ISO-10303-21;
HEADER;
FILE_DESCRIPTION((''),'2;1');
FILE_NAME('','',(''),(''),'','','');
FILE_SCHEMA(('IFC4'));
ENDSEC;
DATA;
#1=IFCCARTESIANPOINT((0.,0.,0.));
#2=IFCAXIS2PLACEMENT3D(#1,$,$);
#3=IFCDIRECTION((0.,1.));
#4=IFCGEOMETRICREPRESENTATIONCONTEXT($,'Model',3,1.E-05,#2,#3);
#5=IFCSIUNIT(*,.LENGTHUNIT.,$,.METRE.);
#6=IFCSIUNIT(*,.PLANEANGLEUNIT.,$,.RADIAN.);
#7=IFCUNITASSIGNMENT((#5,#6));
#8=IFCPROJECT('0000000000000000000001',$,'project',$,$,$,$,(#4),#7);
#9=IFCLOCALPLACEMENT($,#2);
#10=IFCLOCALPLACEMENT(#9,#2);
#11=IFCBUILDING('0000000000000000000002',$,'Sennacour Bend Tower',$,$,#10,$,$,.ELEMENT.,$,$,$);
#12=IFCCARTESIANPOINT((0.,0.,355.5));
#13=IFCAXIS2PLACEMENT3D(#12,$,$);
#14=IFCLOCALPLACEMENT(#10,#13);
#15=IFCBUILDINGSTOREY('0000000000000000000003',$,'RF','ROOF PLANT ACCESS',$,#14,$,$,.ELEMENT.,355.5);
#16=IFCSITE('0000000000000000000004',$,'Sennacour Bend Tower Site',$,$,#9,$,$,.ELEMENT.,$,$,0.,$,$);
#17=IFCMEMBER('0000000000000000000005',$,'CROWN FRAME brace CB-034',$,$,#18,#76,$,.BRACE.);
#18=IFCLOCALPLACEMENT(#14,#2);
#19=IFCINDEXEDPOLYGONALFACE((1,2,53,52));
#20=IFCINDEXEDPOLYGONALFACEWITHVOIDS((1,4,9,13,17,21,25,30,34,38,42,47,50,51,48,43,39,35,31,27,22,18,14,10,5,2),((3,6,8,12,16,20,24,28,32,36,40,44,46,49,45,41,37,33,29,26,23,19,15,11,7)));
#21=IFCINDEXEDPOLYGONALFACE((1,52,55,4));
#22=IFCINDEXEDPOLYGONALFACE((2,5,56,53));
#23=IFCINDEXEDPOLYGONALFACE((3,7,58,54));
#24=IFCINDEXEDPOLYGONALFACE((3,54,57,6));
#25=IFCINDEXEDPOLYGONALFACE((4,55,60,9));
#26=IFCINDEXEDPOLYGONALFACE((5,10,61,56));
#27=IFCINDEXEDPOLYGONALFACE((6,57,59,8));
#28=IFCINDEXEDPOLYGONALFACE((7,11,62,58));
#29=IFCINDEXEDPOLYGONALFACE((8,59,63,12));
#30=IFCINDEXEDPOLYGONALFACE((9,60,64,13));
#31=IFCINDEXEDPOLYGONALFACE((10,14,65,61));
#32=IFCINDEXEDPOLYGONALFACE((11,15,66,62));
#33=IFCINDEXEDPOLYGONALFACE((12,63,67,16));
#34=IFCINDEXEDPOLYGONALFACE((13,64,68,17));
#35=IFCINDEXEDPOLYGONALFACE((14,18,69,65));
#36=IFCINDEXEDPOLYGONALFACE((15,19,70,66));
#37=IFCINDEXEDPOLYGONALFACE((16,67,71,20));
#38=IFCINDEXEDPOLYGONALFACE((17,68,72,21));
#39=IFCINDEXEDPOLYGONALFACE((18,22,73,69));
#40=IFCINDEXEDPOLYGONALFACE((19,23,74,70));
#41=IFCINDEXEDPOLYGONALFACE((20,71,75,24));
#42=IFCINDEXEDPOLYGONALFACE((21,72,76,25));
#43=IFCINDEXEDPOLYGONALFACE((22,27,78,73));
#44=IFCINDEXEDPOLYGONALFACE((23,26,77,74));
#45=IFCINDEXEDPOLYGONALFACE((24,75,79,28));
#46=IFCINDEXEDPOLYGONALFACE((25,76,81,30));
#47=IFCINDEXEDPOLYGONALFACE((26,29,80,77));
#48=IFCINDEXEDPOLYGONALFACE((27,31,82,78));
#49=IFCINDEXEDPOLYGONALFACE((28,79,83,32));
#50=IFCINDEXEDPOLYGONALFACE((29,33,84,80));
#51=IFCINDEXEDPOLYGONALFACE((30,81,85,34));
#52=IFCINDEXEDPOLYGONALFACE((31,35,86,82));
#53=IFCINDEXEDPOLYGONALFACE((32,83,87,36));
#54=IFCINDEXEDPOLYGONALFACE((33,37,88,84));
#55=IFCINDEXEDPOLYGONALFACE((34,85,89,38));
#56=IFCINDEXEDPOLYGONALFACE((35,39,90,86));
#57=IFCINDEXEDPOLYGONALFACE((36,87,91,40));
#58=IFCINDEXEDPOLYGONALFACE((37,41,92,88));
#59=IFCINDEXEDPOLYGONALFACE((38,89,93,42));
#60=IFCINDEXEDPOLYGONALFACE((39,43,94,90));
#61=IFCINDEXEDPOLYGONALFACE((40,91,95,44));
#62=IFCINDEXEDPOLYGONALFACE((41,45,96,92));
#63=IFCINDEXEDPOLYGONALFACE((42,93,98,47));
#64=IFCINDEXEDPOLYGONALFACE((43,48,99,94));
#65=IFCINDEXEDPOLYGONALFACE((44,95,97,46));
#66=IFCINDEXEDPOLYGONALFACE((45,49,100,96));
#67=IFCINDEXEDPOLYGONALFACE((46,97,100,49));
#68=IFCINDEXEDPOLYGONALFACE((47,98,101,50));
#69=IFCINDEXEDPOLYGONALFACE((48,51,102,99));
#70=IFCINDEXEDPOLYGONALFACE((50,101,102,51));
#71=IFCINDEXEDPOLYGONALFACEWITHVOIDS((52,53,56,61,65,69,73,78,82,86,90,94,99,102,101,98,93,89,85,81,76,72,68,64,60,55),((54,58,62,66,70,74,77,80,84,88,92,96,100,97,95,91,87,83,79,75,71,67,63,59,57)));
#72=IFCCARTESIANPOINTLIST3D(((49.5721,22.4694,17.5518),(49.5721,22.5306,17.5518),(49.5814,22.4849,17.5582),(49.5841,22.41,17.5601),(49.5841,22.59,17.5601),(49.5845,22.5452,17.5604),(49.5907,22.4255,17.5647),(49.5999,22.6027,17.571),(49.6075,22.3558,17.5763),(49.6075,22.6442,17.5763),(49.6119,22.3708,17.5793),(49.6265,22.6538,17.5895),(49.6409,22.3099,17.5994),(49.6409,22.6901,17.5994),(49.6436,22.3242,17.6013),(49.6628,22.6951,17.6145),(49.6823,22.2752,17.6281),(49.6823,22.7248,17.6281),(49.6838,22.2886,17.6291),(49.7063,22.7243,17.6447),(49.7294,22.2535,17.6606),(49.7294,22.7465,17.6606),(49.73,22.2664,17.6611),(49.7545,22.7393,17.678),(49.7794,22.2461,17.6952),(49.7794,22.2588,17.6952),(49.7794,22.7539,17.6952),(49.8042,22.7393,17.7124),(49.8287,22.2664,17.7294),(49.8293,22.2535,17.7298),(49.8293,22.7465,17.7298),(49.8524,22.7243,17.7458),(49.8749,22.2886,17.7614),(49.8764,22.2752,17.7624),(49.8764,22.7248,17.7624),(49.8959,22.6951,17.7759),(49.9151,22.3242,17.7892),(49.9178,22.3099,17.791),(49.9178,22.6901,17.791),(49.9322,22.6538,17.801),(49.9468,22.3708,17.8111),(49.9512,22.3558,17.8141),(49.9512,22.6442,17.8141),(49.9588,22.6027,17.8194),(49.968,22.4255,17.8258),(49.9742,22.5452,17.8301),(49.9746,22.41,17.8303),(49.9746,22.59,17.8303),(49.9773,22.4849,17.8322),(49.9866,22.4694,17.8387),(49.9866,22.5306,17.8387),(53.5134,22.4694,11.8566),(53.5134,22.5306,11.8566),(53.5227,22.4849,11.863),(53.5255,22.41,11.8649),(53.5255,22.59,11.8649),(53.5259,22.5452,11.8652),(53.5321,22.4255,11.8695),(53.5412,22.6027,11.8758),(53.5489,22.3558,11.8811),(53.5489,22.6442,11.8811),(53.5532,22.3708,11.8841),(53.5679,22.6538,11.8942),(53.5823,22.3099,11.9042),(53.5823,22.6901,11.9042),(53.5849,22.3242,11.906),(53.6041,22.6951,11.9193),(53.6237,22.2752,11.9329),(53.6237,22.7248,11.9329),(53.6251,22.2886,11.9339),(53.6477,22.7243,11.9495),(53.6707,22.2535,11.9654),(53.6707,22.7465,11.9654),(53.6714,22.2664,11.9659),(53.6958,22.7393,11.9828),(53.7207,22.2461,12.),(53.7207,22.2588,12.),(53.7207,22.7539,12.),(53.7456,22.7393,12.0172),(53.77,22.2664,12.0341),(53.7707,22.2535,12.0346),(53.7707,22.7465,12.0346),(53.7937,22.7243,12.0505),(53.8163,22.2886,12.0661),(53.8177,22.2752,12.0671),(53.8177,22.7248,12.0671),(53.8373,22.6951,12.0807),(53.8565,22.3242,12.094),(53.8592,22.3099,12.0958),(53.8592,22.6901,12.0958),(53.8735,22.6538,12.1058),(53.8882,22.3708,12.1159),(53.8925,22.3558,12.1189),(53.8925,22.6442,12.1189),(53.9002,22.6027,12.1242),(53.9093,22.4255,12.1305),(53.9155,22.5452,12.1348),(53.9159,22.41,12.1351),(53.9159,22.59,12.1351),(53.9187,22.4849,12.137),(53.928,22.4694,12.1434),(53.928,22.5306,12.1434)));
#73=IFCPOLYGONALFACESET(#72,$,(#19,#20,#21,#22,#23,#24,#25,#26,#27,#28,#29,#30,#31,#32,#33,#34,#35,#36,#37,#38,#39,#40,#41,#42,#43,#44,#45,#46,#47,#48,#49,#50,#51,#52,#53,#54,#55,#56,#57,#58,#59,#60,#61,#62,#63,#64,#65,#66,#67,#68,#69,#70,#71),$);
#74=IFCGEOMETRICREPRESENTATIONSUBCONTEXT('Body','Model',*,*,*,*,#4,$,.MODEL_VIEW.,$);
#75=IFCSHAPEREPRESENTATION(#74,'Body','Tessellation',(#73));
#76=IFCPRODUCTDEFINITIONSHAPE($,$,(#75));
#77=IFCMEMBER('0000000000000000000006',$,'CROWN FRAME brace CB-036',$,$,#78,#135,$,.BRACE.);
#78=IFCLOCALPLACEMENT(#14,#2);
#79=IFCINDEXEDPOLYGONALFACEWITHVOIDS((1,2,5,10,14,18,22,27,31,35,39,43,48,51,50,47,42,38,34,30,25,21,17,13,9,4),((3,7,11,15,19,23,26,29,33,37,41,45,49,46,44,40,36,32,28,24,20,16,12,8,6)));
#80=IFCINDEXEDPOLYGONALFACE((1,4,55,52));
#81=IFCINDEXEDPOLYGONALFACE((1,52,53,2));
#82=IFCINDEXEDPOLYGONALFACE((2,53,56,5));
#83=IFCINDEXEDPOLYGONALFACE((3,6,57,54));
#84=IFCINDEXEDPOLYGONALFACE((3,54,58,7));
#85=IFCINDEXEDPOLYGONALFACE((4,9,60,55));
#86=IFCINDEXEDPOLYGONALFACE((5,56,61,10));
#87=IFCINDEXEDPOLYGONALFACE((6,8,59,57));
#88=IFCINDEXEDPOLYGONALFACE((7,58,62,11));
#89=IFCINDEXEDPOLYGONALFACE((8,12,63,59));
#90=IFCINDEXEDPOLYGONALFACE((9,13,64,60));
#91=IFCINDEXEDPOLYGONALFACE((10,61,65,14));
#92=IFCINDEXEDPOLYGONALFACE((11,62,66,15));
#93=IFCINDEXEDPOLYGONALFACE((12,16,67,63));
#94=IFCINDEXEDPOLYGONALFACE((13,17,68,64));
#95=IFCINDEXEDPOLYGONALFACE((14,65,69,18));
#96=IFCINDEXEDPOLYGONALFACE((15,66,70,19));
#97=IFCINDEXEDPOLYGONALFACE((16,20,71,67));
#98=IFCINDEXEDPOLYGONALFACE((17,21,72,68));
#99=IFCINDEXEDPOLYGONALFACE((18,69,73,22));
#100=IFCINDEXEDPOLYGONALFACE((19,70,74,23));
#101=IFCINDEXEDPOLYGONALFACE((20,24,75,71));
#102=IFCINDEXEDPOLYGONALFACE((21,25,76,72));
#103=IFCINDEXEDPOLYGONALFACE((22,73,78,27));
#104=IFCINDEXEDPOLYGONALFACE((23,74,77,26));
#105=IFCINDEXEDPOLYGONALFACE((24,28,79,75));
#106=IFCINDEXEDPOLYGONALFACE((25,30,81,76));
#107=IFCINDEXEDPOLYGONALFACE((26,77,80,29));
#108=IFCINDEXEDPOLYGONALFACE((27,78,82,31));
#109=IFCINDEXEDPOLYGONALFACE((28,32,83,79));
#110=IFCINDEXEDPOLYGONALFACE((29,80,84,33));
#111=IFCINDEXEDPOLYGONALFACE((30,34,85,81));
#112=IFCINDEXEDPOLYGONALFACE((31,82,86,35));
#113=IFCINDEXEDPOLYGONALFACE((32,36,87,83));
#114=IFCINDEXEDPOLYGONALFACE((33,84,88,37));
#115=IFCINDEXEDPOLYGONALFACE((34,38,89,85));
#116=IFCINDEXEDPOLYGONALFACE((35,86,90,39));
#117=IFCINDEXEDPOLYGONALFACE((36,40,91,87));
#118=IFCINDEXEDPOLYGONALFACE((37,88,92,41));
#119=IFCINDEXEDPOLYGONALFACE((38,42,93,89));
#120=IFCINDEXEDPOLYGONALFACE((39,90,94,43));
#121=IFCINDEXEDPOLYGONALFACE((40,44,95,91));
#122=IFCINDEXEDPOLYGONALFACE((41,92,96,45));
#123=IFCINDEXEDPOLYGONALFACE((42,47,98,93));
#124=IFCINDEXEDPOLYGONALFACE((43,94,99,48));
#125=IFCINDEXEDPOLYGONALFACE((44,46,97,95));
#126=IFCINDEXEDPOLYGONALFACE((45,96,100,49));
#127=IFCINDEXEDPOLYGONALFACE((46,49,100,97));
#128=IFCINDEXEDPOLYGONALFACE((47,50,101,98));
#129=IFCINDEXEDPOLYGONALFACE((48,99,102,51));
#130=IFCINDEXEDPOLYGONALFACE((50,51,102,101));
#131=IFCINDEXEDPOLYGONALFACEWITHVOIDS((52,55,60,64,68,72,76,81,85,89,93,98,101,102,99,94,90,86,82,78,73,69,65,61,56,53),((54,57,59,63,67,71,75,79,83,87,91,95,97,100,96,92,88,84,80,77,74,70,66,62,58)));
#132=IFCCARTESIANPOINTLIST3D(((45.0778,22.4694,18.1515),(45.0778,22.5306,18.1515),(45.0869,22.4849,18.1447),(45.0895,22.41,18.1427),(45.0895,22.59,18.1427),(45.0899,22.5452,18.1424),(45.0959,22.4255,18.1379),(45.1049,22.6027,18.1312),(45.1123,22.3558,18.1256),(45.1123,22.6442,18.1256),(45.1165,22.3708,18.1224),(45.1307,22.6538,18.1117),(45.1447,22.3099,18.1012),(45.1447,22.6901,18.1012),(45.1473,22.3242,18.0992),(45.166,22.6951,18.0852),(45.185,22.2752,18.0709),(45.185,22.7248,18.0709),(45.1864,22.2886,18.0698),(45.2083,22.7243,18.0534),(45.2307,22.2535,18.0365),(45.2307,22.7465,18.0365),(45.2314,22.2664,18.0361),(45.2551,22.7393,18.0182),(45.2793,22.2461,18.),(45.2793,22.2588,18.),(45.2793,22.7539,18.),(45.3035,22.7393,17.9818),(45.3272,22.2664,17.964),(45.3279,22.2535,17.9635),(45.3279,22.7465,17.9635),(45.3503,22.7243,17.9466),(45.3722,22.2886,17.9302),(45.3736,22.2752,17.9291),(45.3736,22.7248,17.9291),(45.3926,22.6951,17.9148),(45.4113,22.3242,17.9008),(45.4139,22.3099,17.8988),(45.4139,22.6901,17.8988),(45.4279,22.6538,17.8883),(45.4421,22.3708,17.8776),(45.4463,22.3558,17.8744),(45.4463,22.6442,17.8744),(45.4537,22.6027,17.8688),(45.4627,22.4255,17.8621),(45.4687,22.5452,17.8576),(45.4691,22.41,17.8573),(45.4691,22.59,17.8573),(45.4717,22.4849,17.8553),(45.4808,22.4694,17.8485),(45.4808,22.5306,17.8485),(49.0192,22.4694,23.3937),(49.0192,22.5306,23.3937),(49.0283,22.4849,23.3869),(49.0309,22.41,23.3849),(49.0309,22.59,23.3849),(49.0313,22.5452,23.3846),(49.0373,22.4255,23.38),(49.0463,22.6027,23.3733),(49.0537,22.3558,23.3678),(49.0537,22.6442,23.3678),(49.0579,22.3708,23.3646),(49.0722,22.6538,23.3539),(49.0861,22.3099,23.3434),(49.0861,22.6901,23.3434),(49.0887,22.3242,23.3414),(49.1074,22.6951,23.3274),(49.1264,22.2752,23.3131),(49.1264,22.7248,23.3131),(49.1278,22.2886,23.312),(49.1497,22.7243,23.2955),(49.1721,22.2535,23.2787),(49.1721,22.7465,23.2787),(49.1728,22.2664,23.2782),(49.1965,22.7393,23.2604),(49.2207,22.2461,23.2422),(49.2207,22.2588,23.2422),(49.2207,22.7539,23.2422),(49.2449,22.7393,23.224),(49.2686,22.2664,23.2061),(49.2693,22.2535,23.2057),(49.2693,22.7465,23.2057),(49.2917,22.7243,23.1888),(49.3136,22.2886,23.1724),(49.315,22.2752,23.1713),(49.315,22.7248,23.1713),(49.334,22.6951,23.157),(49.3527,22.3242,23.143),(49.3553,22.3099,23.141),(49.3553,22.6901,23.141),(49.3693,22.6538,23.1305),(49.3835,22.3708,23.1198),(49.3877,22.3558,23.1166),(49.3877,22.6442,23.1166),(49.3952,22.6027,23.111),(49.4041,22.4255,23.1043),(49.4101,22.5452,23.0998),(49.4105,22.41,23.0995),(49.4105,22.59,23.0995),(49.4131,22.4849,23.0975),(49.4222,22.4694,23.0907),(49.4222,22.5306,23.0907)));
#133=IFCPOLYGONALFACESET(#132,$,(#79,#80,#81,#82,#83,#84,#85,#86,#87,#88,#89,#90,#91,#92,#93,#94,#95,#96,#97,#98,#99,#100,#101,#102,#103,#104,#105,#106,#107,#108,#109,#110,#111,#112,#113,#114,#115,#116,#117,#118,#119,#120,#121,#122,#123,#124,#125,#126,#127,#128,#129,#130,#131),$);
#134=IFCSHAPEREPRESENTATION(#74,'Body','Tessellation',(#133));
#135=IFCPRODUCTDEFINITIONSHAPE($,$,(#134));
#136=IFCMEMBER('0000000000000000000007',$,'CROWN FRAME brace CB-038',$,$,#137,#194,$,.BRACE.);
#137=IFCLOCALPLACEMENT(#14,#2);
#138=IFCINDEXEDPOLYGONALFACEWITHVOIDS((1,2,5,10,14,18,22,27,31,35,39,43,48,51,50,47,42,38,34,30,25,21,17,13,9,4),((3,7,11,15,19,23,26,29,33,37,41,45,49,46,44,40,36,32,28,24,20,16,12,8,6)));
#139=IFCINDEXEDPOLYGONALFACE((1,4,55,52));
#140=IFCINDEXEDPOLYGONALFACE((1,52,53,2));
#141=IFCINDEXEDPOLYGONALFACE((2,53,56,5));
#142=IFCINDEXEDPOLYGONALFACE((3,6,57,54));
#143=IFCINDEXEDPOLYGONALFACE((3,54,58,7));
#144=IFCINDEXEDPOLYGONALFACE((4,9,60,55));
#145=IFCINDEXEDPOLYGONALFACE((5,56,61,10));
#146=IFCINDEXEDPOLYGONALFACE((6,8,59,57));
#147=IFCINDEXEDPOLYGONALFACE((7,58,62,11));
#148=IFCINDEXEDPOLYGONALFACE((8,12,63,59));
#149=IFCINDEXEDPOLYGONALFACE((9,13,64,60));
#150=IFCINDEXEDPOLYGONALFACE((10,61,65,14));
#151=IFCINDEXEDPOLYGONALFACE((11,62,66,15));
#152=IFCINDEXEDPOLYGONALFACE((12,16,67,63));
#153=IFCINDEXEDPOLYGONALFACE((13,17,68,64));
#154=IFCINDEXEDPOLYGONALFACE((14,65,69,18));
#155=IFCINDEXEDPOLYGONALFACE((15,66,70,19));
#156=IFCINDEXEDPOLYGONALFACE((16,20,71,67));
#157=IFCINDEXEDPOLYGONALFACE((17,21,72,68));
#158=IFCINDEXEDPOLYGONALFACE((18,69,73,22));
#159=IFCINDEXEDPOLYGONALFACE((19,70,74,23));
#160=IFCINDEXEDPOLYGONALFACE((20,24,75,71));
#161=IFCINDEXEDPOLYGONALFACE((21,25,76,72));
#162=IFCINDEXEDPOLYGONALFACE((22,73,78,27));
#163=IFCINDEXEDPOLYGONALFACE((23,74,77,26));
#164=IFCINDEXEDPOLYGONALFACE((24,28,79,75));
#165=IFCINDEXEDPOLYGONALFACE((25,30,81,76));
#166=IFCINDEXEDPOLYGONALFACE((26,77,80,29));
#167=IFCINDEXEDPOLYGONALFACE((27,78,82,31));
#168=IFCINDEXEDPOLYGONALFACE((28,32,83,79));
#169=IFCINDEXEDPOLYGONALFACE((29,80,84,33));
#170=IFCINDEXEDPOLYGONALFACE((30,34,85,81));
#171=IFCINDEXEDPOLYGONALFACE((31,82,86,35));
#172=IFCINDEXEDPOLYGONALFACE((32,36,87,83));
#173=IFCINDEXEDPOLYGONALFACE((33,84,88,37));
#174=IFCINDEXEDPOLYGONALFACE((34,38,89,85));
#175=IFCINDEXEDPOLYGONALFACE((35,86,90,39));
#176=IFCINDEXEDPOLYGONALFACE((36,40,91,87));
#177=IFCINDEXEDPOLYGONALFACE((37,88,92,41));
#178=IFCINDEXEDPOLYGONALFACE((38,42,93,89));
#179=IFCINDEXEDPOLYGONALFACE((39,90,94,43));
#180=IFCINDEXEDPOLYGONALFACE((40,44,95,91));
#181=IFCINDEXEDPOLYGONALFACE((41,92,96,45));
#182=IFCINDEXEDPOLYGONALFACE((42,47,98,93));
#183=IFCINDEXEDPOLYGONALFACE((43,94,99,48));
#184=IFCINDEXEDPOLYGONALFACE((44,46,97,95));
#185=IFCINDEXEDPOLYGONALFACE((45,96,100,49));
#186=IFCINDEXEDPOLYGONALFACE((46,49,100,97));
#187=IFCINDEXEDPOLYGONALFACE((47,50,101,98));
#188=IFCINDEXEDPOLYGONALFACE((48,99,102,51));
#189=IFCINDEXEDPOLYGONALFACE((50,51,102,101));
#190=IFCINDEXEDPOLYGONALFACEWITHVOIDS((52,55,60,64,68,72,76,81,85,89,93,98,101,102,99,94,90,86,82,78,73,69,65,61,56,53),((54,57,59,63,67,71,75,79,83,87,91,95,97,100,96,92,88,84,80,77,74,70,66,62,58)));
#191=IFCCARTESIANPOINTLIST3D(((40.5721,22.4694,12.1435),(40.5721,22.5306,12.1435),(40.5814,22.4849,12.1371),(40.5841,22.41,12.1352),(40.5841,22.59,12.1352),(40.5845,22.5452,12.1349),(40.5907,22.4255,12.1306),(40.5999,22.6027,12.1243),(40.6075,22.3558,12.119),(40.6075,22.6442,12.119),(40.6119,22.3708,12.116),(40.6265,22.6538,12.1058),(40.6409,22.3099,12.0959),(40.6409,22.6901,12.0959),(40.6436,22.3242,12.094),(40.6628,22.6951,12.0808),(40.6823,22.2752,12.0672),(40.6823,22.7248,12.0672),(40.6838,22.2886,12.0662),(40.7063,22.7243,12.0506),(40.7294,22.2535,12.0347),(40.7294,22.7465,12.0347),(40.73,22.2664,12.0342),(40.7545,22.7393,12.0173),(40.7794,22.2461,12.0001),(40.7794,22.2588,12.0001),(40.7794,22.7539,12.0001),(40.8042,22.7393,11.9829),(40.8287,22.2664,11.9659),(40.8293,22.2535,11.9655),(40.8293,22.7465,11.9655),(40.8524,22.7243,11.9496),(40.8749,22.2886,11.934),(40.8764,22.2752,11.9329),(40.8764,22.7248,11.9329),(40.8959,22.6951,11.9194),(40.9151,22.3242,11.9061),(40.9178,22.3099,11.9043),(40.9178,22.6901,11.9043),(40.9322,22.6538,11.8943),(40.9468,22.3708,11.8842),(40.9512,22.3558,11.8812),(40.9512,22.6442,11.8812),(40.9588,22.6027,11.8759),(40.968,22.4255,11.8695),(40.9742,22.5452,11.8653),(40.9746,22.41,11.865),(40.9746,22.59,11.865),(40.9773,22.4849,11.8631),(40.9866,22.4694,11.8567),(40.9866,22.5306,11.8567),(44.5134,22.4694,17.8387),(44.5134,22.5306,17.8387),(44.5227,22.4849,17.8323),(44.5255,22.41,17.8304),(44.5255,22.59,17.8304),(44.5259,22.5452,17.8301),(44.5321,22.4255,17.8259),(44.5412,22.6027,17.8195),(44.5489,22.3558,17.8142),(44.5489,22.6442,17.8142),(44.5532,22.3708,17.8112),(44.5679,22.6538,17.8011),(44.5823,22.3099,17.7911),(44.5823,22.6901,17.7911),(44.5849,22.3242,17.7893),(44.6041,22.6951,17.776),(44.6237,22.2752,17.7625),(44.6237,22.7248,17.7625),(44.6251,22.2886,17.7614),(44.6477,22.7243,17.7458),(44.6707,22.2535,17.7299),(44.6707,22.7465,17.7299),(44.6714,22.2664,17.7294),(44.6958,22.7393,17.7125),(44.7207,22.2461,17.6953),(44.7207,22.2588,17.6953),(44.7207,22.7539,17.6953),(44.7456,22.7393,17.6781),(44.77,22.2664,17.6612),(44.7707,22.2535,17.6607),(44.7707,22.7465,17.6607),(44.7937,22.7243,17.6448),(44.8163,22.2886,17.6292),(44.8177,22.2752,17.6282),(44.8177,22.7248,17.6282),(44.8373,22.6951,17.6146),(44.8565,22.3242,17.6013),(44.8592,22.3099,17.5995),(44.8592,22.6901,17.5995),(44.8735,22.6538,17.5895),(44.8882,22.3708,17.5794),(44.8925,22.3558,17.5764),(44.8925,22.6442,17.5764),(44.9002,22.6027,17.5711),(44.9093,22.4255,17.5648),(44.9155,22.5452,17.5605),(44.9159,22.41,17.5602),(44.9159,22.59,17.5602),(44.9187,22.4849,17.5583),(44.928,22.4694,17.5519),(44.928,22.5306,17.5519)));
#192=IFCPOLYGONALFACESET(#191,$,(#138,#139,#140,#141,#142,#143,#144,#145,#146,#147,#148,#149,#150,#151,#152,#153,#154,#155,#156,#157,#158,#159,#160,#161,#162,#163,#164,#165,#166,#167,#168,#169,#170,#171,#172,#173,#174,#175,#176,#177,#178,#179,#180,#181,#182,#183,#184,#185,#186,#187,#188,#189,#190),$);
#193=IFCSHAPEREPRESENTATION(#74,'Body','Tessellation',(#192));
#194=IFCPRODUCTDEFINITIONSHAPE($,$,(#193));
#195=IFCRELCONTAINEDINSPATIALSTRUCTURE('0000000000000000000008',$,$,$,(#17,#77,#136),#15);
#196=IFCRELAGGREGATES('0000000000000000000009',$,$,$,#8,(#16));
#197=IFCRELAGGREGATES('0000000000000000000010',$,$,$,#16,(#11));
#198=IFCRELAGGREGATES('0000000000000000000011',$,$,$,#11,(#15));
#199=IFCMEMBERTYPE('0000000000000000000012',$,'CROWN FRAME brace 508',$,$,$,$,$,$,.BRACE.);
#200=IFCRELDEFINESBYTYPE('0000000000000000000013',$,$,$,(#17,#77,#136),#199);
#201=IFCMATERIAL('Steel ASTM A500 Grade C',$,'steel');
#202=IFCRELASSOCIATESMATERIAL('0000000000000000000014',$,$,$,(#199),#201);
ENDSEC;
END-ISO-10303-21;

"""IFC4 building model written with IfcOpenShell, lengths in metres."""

from ifc_helpers import new_model, si_unit, direction, frame, origin, origin_2d, place, context, subcontext, project, spatial, hollow_circle, extrude, material, material_profile, profile_set, type_object, element, save


model = new_model("IFC4")

# Units and contexts
model_context = context("Model", 3, precision=1e-05, world=origin(), true_north=direction((0.0, 1.0)))
body_context = subcontext(model_context, "Body", "Model", "MODEL_VIEW")
ifc_project = project(units=[si_unit("LENGTHUNIT", "METRE"), si_unit("PLANEANGLEUNIT", "RADIAN")], contexts=[model_context])

# Site, building, storey
site_placement = place(None, origin())
site = spatial("IfcSite", under=ifc_project, at=site_placement, Name="Sennacour Bend Tower Site", CompositionType="ELEMENT", RefElevation=0.0)
building_placement = place(site_placement, origin())
building = spatial("IfcBuilding", under=site, at=building_placement, Name="Sennacour Bend Tower", CompositionType="ELEMENT")
storey_placement = place(building_placement, frame((0.0, 0.0, 355.5)))
storey = spatial("IfcBuildingStorey", under=building, at=storey_placement, Name="RF", Description="ROOF PLANT ACCESS", CompositionType="ELEMENT", Elevation=355.5)

# Members
ifc_material_1 = material(Name="Steel ASTM A500 Grade C", Category="steel")
ifc_material_profile_1 = material_profile(ifc_material_1, hollow_circle(Radius=0.2539, WallThickness=0.0127, at=origin_2d()), Name="Steel ASTM A500 Grade C", Category="steel")
ifc_profile_set_1 = profile_set([ifc_material_profile_1], Name="Steel ASTM A500 Grade C")
member_type_1 = type_object("IfcMemberType", Name="CROWN FRAME brace 508", PredefinedType="BRACE", material=ifc_profile_set_1)
member_1_placement = place(storey_placement, frame((53.7207, 22.5, 12.0), z_axis=(-0.569063, 0.0, 0.822294), x_axis=(0.0, -1.0, 0.0)))
element("IfcMember", 1, at=member_1_placement, inside=storey, type_object=member_type_1, Name="CROWN FRAME brace CB-034", PredefinedType="BRACE", context=body_context, shape_type="SweptSolid", body=[
    extrude(hollow_circle(Radius=0.2539, WallThickness=0.0127, at=origin_2d()), origin(), (0.0, 0.0, 1.0), 6.926),
])
member_2_placement = place(storey_placement, frame((49.2207, 22.5, 23.2422), z_axis=(-0.600953, 0.0, -0.799285), x_axis=(0.0, -1.0, 0.0)))
element("IfcMember", 2, at=member_2_placement, inside=storey, type_object=member_type_1, Name="CROWN FRAME brace CB-036", PredefinedType="BRACE", context=body_context, shape_type="SweptSolid", body=[
    extrude(hollow_circle(Radius=0.2539, WallThickness=0.0127, at=origin_2d()), origin(), (0.0, 0.0, 1.0), 6.5586),
])
member_3_placement = place(storey_placement, frame((44.7207, 22.5, 17.6953), z_axis=(-0.569063, 0.0, -0.822294), x_axis=(0.0, -1.0, 0.0)))
element("IfcMember", 3, at=member_3_placement, inside=storey, type_object=member_type_1, Name="CROWN FRAME brace CB-038", PredefinedType="BRACE", context=body_context, shape_type="SweptSolid", body=[
    extrude(hollow_circle(Radius=0.2539, WallThickness=0.0127, at=origin_2d()), origin(), (0.0, 0.0, 1.0), 6.926),
])

save(model, "model.ifc")
